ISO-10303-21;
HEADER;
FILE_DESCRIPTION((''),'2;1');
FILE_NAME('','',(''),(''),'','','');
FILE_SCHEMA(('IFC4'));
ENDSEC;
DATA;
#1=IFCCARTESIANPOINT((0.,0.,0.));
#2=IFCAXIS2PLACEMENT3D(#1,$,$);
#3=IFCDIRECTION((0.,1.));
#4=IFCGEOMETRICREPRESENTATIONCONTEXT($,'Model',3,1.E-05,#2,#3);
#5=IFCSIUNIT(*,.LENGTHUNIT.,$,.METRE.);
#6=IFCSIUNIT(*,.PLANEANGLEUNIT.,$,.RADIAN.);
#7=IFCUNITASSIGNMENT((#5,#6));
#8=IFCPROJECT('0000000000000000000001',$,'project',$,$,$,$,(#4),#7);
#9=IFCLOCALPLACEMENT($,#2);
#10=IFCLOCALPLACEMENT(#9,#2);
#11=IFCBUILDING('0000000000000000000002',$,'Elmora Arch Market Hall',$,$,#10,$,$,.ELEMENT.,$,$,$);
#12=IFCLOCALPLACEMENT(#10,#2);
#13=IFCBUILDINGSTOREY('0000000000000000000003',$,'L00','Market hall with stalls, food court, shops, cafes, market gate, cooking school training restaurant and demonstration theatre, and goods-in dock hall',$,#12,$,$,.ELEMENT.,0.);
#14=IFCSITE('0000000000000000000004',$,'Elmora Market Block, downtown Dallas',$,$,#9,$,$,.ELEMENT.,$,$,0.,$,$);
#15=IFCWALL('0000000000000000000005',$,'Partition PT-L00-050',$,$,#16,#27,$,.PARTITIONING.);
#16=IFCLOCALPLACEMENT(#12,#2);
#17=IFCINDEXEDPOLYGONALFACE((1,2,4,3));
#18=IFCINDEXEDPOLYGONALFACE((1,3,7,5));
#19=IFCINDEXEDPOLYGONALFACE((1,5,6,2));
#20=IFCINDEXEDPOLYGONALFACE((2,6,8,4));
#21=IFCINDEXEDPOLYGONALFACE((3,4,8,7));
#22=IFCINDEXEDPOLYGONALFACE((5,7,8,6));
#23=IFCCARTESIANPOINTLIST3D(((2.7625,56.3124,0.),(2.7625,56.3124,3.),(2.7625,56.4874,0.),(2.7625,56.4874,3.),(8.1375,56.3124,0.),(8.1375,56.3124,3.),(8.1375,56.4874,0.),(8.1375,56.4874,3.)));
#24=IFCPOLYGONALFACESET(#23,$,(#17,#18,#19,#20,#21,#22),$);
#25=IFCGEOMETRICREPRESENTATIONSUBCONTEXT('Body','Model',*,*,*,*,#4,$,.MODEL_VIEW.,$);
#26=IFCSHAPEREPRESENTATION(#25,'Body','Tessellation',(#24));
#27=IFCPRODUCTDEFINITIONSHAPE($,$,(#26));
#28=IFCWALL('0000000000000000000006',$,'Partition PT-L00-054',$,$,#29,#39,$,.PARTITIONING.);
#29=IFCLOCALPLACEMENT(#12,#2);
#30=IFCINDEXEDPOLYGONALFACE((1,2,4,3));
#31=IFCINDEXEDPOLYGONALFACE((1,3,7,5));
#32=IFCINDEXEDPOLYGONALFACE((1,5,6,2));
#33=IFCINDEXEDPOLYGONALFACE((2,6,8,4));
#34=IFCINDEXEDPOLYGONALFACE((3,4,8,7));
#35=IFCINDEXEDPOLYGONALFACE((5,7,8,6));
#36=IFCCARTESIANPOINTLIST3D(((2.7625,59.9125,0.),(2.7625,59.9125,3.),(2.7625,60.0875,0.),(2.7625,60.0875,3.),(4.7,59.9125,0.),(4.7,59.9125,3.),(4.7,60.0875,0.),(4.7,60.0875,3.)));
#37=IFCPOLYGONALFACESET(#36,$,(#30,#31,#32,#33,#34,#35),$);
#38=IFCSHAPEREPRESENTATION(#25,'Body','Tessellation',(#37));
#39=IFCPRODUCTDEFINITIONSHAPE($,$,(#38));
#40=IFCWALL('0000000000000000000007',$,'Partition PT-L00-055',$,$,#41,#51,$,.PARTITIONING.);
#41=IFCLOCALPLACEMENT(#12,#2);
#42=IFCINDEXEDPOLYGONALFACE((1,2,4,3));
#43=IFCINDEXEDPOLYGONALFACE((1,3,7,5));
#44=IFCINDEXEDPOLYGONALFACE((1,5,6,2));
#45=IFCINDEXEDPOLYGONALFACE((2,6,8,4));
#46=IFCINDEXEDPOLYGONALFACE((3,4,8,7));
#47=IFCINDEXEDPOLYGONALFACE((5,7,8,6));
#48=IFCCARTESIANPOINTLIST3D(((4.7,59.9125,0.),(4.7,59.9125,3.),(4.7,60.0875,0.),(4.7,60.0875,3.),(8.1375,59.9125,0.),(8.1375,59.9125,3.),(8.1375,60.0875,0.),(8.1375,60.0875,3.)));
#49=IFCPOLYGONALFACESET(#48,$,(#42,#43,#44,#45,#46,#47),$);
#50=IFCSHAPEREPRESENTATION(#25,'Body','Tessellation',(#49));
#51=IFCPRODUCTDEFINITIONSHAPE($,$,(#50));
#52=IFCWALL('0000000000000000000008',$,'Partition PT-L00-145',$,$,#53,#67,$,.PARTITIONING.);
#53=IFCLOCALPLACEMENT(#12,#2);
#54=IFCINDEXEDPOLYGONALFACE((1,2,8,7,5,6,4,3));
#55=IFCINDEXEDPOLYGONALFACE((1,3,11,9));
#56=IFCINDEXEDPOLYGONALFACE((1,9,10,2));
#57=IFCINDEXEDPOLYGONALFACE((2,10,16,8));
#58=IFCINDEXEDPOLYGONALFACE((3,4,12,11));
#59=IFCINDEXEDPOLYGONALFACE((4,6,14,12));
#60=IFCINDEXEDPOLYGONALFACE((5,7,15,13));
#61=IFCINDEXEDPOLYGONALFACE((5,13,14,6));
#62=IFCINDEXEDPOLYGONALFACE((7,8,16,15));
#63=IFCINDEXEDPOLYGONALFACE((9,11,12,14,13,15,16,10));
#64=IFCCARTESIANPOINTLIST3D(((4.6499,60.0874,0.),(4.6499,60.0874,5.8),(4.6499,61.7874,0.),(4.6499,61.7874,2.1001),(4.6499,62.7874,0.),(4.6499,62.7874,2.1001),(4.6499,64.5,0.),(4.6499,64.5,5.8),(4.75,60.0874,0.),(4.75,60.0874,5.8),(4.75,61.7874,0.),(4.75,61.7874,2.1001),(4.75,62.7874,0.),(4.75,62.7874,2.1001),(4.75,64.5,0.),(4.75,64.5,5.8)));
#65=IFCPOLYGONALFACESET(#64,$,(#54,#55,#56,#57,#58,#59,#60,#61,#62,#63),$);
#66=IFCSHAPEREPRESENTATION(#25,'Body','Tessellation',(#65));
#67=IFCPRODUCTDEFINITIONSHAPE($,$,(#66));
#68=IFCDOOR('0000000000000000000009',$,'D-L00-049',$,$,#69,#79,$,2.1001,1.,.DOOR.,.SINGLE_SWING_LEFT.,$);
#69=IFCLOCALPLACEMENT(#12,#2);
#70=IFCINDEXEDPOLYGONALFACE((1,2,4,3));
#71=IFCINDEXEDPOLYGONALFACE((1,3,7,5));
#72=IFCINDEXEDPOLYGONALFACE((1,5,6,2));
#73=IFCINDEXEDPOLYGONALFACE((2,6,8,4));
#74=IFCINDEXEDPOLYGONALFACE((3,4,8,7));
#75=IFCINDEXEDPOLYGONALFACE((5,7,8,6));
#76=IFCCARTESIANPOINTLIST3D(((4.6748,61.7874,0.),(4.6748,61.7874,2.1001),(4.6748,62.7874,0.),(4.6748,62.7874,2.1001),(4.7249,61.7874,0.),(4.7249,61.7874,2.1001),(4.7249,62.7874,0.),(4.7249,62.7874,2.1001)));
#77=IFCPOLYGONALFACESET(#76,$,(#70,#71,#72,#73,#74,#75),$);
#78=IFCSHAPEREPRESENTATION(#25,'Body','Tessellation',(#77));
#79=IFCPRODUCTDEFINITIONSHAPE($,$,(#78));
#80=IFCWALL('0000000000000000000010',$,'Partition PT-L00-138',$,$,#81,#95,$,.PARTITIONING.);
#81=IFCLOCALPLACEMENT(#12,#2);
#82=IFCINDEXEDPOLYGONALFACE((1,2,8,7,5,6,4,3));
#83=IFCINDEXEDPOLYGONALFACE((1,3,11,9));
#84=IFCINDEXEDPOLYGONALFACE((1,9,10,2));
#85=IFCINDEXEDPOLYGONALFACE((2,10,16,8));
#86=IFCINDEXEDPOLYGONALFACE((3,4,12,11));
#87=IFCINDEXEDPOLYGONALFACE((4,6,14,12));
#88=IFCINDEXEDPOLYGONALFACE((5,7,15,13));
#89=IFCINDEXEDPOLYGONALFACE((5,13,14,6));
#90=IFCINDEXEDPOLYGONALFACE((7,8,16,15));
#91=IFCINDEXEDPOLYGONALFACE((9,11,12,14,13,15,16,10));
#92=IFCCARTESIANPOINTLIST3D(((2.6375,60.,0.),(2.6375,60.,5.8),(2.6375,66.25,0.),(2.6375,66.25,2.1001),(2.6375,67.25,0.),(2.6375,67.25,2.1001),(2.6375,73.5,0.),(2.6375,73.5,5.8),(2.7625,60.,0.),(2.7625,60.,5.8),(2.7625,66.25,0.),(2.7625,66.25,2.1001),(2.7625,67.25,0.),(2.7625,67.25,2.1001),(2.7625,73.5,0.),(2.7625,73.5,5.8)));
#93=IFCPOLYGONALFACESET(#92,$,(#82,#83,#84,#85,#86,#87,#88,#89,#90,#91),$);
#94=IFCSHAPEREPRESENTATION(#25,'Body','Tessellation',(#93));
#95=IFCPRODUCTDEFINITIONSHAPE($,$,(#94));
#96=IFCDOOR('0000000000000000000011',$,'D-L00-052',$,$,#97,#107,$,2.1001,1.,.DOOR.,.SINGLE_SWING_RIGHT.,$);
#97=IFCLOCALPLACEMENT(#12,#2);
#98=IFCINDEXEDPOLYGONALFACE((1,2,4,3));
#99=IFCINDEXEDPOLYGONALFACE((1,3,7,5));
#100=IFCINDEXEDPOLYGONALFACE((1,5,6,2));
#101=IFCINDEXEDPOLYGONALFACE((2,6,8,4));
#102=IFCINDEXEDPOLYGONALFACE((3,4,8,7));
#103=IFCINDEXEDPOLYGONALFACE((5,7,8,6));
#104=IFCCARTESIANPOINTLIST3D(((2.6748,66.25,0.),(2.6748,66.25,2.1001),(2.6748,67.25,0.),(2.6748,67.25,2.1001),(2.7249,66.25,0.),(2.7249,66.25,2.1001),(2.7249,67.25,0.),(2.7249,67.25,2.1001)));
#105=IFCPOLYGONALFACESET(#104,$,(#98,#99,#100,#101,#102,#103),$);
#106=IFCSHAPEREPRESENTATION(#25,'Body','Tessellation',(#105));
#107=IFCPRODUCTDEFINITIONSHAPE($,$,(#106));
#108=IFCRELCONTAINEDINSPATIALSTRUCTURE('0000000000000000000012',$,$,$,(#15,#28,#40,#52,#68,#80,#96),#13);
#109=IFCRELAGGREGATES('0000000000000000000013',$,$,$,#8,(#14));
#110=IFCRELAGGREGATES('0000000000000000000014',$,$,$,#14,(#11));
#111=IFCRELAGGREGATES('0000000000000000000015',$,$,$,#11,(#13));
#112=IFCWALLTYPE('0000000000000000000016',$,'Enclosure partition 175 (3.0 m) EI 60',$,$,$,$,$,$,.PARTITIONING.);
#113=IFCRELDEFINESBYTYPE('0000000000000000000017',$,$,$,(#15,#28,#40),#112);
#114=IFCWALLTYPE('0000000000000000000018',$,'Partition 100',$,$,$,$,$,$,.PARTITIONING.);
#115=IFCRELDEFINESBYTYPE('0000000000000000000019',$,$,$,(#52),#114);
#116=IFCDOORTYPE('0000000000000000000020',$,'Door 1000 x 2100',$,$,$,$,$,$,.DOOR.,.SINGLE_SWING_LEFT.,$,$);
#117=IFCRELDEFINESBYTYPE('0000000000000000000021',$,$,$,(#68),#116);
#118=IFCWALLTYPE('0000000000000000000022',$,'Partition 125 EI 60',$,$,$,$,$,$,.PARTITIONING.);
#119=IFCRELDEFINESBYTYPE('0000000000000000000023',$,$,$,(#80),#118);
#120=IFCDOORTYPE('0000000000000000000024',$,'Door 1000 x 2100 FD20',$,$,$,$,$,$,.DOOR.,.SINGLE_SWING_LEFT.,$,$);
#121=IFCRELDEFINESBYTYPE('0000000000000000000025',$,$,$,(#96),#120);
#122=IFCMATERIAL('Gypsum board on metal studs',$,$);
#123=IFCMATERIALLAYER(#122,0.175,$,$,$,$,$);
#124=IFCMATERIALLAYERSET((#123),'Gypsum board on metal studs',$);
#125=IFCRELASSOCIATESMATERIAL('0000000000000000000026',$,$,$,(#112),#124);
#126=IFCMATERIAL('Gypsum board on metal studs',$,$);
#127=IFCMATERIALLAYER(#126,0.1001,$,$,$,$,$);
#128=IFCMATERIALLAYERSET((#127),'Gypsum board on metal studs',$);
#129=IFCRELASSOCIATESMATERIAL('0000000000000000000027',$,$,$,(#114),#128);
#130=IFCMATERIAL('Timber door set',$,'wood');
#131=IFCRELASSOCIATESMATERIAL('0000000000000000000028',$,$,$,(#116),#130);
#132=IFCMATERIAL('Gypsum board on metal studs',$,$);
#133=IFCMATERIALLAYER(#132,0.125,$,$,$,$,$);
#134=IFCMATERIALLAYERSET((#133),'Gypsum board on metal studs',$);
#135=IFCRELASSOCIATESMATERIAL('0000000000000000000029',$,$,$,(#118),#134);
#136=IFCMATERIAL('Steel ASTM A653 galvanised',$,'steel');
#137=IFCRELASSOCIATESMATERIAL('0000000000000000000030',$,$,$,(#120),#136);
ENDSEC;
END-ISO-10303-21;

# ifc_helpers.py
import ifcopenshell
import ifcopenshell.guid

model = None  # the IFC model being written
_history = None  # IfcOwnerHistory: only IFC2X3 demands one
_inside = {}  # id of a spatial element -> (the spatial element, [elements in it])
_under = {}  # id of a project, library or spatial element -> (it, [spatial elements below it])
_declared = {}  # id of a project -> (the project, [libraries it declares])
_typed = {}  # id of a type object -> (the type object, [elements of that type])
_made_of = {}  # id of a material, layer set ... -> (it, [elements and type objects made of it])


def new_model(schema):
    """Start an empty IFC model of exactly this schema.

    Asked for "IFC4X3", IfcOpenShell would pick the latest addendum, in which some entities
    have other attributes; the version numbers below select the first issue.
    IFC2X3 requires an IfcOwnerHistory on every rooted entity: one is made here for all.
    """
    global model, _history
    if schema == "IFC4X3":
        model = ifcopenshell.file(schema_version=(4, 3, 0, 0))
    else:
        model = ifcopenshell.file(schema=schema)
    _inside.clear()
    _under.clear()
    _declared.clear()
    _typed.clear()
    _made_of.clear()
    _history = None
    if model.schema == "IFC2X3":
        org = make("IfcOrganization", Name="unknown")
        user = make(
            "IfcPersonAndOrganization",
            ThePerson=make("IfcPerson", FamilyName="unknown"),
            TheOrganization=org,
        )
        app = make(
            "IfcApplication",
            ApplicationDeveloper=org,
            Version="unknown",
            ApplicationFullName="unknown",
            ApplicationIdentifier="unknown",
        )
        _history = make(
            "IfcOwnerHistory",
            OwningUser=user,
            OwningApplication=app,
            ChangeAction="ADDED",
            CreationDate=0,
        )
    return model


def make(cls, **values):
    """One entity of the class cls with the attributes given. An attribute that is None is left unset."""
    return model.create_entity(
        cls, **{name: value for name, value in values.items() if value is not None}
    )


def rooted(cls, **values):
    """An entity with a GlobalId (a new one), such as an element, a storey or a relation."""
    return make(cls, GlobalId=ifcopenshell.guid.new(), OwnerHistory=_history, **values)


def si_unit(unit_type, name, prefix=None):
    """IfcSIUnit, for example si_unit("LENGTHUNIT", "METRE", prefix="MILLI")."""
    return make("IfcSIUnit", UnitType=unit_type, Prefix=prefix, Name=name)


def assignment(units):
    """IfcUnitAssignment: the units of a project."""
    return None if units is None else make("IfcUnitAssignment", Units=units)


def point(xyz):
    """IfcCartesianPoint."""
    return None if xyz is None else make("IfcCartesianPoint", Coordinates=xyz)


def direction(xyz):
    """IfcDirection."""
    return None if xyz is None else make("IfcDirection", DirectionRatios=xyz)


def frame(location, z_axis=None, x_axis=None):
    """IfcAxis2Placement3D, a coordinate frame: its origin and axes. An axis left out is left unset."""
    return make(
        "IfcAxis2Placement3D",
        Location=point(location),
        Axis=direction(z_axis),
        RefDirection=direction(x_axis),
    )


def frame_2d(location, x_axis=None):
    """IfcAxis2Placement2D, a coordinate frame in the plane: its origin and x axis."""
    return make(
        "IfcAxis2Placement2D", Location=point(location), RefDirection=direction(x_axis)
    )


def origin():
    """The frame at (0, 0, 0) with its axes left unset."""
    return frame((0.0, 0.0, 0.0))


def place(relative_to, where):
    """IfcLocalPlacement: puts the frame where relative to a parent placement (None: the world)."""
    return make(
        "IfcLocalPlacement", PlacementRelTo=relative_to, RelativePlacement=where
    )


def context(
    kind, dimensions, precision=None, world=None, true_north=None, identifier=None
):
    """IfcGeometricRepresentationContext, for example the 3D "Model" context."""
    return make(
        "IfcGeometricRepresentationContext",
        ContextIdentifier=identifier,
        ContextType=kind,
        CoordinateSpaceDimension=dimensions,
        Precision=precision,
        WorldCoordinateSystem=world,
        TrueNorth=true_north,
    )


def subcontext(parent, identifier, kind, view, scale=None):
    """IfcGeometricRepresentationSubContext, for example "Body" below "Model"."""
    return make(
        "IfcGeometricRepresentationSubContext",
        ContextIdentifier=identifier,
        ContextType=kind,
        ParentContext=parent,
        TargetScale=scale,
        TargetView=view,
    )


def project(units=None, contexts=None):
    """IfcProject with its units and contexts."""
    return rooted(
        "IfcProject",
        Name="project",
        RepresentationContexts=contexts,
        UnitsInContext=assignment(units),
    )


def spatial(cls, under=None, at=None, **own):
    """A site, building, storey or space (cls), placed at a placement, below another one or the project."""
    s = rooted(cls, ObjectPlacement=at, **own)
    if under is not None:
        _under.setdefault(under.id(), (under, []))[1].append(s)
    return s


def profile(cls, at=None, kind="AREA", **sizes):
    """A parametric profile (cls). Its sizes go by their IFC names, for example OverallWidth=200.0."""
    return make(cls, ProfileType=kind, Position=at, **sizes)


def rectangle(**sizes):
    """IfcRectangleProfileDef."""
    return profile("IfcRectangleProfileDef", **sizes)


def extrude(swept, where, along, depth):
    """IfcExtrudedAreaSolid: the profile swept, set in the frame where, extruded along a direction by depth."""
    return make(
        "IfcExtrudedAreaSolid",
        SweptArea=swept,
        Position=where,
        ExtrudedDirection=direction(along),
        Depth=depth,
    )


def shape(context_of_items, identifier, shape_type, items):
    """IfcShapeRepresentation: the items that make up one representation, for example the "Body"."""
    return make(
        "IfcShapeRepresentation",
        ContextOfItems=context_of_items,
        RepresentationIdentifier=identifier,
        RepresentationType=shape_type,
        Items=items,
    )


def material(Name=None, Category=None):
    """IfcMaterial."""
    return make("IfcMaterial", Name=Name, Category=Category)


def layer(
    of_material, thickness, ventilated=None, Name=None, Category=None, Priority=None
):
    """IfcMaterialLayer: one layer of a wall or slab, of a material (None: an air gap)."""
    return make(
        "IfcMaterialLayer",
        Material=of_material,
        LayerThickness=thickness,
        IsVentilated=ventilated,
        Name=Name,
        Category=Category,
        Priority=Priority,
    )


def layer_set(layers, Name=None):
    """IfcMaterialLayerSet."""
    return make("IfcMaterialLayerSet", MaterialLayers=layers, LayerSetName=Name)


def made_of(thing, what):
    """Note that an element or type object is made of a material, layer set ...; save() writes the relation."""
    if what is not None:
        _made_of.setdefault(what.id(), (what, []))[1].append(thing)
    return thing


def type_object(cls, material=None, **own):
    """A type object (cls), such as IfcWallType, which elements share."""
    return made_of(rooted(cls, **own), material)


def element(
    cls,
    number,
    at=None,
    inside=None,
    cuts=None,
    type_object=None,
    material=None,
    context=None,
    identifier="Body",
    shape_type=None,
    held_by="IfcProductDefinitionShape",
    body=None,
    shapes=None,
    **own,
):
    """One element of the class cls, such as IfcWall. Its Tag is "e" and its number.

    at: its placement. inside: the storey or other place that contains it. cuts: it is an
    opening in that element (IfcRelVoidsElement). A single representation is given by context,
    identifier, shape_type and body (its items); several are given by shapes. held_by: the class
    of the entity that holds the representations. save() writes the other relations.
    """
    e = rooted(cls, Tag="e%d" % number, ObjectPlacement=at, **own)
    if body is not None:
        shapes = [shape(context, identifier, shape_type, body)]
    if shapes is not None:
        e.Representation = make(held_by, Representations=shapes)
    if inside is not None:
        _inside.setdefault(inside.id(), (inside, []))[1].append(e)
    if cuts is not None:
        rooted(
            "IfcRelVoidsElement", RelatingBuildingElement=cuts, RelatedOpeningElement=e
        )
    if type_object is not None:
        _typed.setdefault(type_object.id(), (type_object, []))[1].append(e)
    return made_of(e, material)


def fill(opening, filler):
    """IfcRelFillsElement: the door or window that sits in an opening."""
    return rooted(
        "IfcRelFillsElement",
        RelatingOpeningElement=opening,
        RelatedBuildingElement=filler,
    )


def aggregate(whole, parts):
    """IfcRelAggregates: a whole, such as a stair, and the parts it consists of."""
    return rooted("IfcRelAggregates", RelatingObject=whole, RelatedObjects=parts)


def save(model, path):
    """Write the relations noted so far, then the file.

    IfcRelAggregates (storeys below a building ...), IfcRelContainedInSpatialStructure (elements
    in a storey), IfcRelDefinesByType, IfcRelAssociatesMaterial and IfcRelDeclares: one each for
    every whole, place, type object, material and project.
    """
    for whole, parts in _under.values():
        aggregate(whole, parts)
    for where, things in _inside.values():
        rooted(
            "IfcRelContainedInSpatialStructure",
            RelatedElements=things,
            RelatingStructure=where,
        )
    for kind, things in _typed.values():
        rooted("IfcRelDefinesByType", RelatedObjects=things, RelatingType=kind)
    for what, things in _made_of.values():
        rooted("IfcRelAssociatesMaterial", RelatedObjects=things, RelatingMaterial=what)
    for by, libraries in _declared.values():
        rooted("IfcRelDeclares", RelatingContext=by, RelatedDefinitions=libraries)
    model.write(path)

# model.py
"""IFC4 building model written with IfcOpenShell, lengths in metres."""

from ifc_helpers import new_model, si_unit, direction, frame, frame_2d, origin, place, context, subcontext, project, spatial, rectangle, extrude, material, layer, layer_set, type_object, element, fill, save


model = new_model("IFC4")

# Units and contexts
model_context = context("Model", 3, precision=1e-05, world=origin(), true_north=direction((0.0, 1.0)))
body_context = subcontext(model_context, "Body", "Model", "MODEL_VIEW")
ifc_project = project(units=[si_unit("LENGTHUNIT", "METRE"), si_unit("PLANEANGLEUNIT", "RADIAN")], contexts=[model_context])

# Site, building, storey
site_placement = place(None, origin())
site = spatial("IfcSite", under=ifc_project, at=site_placement, Name="Elmora Market Block, downtown Dallas", CompositionType="ELEMENT", RefElevation=0.0)
building_placement = place(site_placement, origin())
building = spatial("IfcBuilding", under=site, at=building_placement, Name="Elmora Arch Market Hall", CompositionType="ELEMENT")
storey_placement = place(building_placement, origin())
storey = spatial("IfcBuildingStorey", under=building, at=storey_placement, Name="L00", Description="Market hall with stalls, food court, shops, cafes, market gate, cooking school training restaurant and demonstration theatre, and goods-in dock hall", CompositionType="ELEMENT", Elevation=0.0)

# Walls
ifc_material_1 = material(Name="Gypsum board on metal studs")
ifc_layer_1 = layer(ifc_material_1, 0.175)
ifc_layer_set_1 = layer_set([ifc_layer_1], Name="Gypsum board on metal studs")
wall_type_1 = type_object("IfcWallType", Name="Enclosure partition 175 (3.0 m) EI 60", PredefinedType="PARTITIONING", material=ifc_layer_set_1)
for number, where, z_axis, x_axis, name in (
    (1, (2.7625, 56.3999, 0.0), (0.0, 0.0, 1.0), (1.0, 0.0, 0.0), "Partition PT-L00-050"),
):
    element("IfcWall", number, at=place(storey_placement, frame(where, z_axis=z_axis, x_axis=x_axis)), inside=storey, type_object=wall_type_1, Name=name, PredefinedType="PARTITIONING", context=body_context, shape_type="SweptSolid", body=[
        extrude(rectangle(XDim=5.375, YDim=0.175, at=frame_2d((2.6875, 0.0))), origin(), (0.0, 0.0, 1.0), 3.0),
    ])
wall_1_placement = place(storey_placement, frame((2.7625, 60.0, 0.0), z_axis=(0.0, 0.0, 1.0), x_axis=(1.0, 0.0, 0.0)))
element("IfcWall", 2, at=wall_1_placement, inside=storey, type_object=wall_type_1, Name="Partition PT-L00-054", PredefinedType="PARTITIONING", context=body_context, shape_type="SweptSolid", body=[
    extrude(rectangle(XDim=1.9375, YDim=0.175, at=frame_2d((0.9688, 0.0))), origin(), (0.0, 0.0, 1.0), 3.0),
])
wall_2_placement = place(storey_placement, frame((4.7, 60.0, 0.0), z_axis=(0.0, 0.0, 1.0), x_axis=(1.0, 0.0, 0.0)))
element("IfcWall", 3, at=wall_2_placement, inside=storey, type_object=wall_type_1, Name="Partition PT-L00-055", PredefinedType="PARTITIONING", context=body_context, shape_type="SweptSolid", body=[
    extrude(rectangle(XDim=3.4375, YDim=0.175, at=frame_2d((1.7188, 0.0))), origin(), (0.0, 0.0, 1.0), 3.0),
])

# Walls, openings, doors
ifc_material_2 = material(Name="Gypsum board on metal studs")
ifc_layer_2 = layer(ifc_material_2, 0.1001)
ifc_layer_set_2 = layer_set([ifc_layer_2], Name="Gypsum board on metal studs")
wall_type_2 = type_object("IfcWallType", Name="Partition 100", PredefinedType="PARTITIONING", material=ifc_layer_set_2)
wall_3_placement = place(storey_placement, frame((4.7, 60.0874, 0.0), z_axis=(0.0, 0.0, 1.0), x_axis=(0.0, 1.0, 0.0)))
wall_3 = element("IfcWall", 4, at=wall_3_placement, inside=storey, type_object=wall_type_2, Name="Partition PT-L00-145", PredefinedType="PARTITIONING", context=body_context, shape_type="SweptSolid", body=[
    extrude(rectangle(XDim=4.4126, YDim=0.1001, at=frame_2d((2.2063, 0.0))), origin(), (0.0, 0.0, 1.0), 5.8),
])
opening_1_placement = place(wall_3_placement, frame((1.7, 0.0, 0.0)))
opening_1 = element("IfcOpeningElement", 5, at=opening_1_placement, cuts=wall_3, PredefinedType="OPENING", context=body_context, shape_type="SweptSolid", body=[
    extrude(rectangle(XDim=1.0, YDim=2.1001, at=frame_2d((0.5, 1.05))), frame((0.0, 0.0601, 0.0), z_axis=(0.0, -1.0, 0.0), x_axis=(1.0, 0.0, 0.0)), (0.0, 0.0, 1.0), 0.1201),
])
ifc_material_3 = material(Name="Timber door set", Category="wood")
door_type_1 = type_object("IfcDoorType", Name="Door 1000 x 2100", OperationType="SINGLE_SWING_LEFT", PredefinedType="DOOR", material=ifc_material_3)
door_1_placement = place(opening_1_placement, frame((1.0, 0.0, 0.0), z_axis=(0.0, 0.0, 1.0), x_axis=(-1.0, 0.0, 0.0)))
door_1 = element("IfcDoor", 6, at=door_1_placement, inside=storey, type_object=door_type_1, Name="D-L00-049", OperationType="SINGLE_SWING_LEFT", OverallHeight=2.1001, OverallWidth=1.0, PredefinedType="DOOR", context=body_context, shape_type="SweptSolid", body=[
    extrude(rectangle(XDim=1.0, YDim=2.1001, at=frame_2d((0.5, 1.05))), frame((0.0, 0.0249, 0.0), z_axis=(0.0, -1.0, 0.0), x_axis=(1.0, 0.0, 0.0)), (0.0, 0.0, 1.0), 0.05),
])
fill(opening_1, door_1)
ifc_material_4 = material(Name="Gypsum board on metal studs")
ifc_layer_3 = layer(ifc_material_4, 0.125)
ifc_layer_set_3 = layer_set([ifc_layer_3], Name="Gypsum board on metal studs")
wall_type_3 = type_object("IfcWallType", Name="Partition 125 EI 60", PredefinedType="PARTITIONING", material=ifc_layer_set_3)
wall_4_placement = place(storey_placement, frame((2.7, 60.0, 0.0), z_axis=(0.0, 0.0, 1.0), x_axis=(0.0, 1.0, 0.0)))
wall_4 = element("IfcWall", 7, at=wall_4_placement, inside=storey, type_object=wall_type_3, Name="Partition PT-L00-138", PredefinedType="PARTITIONING", context=body_context, shape_type="SweptSolid", body=[
    extrude(rectangle(XDim=13.5, YDim=0.125, at=frame_2d((6.75, 0.0))), origin(), (0.0, 0.0, 1.0), 5.8),
])
opening_2_placement = place(wall_4_placement, frame((6.25, 0.0, 0.0)))
opening_2 = element("IfcOpeningElement", 8, at=opening_2_placement, cuts=wall_4, PredefinedType="OPENING", context=body_context, shape_type="SweptSolid", body=[
    extrude(rectangle(XDim=1.0, YDim=2.1001, at=frame_2d((0.5, 1.05))), frame((0.0, 0.0725, 0.0), z_axis=(0.0, -1.0, 0.0), x_axis=(1.0, 0.0, 0.0)), (0.0, 0.0, 1.0), 0.145),
])
ifc_material_5 = material(Name="Steel ASTM A653 galvanised", Category="steel")
door_type_2 = type_object("IfcDoorType", Name="Door 1000 x 2100 FD20", OperationType="SINGLE_SWING_LEFT", PredefinedType="DOOR", material=ifc_material_5)
door_2_placement = place(opening_2_placement, frame((1.0, 0.0, 0.0), z_axis=(0.0, 0.0, 1.0), x_axis=(-1.0, 0.0, 0.0)))
door_2 = element("IfcDoor", 9, at=door_2_placement, inside=storey, type_object=door_type_2, Name="D-L00-052", OperationType="SINGLE_SWING_RIGHT", OverallHeight=2.1001, OverallWidth=1.0, PredefinedType="DOOR", context=body_context, shape_type="SweptSolid", body=[
    extrude(rectangle(XDim=1.0, YDim=2.1001, at=frame_2d((0.5, 1.05))), frame((0.0, 0.0249, 0.0), z_axis=(0.0, -1.0, 0.0), x_axis=(1.0, 0.0, 0.0)), (0.0, 0.0, 1.0), 0.05),
])
fill(opening_2, door_2)

save(model, "model.ifc")
